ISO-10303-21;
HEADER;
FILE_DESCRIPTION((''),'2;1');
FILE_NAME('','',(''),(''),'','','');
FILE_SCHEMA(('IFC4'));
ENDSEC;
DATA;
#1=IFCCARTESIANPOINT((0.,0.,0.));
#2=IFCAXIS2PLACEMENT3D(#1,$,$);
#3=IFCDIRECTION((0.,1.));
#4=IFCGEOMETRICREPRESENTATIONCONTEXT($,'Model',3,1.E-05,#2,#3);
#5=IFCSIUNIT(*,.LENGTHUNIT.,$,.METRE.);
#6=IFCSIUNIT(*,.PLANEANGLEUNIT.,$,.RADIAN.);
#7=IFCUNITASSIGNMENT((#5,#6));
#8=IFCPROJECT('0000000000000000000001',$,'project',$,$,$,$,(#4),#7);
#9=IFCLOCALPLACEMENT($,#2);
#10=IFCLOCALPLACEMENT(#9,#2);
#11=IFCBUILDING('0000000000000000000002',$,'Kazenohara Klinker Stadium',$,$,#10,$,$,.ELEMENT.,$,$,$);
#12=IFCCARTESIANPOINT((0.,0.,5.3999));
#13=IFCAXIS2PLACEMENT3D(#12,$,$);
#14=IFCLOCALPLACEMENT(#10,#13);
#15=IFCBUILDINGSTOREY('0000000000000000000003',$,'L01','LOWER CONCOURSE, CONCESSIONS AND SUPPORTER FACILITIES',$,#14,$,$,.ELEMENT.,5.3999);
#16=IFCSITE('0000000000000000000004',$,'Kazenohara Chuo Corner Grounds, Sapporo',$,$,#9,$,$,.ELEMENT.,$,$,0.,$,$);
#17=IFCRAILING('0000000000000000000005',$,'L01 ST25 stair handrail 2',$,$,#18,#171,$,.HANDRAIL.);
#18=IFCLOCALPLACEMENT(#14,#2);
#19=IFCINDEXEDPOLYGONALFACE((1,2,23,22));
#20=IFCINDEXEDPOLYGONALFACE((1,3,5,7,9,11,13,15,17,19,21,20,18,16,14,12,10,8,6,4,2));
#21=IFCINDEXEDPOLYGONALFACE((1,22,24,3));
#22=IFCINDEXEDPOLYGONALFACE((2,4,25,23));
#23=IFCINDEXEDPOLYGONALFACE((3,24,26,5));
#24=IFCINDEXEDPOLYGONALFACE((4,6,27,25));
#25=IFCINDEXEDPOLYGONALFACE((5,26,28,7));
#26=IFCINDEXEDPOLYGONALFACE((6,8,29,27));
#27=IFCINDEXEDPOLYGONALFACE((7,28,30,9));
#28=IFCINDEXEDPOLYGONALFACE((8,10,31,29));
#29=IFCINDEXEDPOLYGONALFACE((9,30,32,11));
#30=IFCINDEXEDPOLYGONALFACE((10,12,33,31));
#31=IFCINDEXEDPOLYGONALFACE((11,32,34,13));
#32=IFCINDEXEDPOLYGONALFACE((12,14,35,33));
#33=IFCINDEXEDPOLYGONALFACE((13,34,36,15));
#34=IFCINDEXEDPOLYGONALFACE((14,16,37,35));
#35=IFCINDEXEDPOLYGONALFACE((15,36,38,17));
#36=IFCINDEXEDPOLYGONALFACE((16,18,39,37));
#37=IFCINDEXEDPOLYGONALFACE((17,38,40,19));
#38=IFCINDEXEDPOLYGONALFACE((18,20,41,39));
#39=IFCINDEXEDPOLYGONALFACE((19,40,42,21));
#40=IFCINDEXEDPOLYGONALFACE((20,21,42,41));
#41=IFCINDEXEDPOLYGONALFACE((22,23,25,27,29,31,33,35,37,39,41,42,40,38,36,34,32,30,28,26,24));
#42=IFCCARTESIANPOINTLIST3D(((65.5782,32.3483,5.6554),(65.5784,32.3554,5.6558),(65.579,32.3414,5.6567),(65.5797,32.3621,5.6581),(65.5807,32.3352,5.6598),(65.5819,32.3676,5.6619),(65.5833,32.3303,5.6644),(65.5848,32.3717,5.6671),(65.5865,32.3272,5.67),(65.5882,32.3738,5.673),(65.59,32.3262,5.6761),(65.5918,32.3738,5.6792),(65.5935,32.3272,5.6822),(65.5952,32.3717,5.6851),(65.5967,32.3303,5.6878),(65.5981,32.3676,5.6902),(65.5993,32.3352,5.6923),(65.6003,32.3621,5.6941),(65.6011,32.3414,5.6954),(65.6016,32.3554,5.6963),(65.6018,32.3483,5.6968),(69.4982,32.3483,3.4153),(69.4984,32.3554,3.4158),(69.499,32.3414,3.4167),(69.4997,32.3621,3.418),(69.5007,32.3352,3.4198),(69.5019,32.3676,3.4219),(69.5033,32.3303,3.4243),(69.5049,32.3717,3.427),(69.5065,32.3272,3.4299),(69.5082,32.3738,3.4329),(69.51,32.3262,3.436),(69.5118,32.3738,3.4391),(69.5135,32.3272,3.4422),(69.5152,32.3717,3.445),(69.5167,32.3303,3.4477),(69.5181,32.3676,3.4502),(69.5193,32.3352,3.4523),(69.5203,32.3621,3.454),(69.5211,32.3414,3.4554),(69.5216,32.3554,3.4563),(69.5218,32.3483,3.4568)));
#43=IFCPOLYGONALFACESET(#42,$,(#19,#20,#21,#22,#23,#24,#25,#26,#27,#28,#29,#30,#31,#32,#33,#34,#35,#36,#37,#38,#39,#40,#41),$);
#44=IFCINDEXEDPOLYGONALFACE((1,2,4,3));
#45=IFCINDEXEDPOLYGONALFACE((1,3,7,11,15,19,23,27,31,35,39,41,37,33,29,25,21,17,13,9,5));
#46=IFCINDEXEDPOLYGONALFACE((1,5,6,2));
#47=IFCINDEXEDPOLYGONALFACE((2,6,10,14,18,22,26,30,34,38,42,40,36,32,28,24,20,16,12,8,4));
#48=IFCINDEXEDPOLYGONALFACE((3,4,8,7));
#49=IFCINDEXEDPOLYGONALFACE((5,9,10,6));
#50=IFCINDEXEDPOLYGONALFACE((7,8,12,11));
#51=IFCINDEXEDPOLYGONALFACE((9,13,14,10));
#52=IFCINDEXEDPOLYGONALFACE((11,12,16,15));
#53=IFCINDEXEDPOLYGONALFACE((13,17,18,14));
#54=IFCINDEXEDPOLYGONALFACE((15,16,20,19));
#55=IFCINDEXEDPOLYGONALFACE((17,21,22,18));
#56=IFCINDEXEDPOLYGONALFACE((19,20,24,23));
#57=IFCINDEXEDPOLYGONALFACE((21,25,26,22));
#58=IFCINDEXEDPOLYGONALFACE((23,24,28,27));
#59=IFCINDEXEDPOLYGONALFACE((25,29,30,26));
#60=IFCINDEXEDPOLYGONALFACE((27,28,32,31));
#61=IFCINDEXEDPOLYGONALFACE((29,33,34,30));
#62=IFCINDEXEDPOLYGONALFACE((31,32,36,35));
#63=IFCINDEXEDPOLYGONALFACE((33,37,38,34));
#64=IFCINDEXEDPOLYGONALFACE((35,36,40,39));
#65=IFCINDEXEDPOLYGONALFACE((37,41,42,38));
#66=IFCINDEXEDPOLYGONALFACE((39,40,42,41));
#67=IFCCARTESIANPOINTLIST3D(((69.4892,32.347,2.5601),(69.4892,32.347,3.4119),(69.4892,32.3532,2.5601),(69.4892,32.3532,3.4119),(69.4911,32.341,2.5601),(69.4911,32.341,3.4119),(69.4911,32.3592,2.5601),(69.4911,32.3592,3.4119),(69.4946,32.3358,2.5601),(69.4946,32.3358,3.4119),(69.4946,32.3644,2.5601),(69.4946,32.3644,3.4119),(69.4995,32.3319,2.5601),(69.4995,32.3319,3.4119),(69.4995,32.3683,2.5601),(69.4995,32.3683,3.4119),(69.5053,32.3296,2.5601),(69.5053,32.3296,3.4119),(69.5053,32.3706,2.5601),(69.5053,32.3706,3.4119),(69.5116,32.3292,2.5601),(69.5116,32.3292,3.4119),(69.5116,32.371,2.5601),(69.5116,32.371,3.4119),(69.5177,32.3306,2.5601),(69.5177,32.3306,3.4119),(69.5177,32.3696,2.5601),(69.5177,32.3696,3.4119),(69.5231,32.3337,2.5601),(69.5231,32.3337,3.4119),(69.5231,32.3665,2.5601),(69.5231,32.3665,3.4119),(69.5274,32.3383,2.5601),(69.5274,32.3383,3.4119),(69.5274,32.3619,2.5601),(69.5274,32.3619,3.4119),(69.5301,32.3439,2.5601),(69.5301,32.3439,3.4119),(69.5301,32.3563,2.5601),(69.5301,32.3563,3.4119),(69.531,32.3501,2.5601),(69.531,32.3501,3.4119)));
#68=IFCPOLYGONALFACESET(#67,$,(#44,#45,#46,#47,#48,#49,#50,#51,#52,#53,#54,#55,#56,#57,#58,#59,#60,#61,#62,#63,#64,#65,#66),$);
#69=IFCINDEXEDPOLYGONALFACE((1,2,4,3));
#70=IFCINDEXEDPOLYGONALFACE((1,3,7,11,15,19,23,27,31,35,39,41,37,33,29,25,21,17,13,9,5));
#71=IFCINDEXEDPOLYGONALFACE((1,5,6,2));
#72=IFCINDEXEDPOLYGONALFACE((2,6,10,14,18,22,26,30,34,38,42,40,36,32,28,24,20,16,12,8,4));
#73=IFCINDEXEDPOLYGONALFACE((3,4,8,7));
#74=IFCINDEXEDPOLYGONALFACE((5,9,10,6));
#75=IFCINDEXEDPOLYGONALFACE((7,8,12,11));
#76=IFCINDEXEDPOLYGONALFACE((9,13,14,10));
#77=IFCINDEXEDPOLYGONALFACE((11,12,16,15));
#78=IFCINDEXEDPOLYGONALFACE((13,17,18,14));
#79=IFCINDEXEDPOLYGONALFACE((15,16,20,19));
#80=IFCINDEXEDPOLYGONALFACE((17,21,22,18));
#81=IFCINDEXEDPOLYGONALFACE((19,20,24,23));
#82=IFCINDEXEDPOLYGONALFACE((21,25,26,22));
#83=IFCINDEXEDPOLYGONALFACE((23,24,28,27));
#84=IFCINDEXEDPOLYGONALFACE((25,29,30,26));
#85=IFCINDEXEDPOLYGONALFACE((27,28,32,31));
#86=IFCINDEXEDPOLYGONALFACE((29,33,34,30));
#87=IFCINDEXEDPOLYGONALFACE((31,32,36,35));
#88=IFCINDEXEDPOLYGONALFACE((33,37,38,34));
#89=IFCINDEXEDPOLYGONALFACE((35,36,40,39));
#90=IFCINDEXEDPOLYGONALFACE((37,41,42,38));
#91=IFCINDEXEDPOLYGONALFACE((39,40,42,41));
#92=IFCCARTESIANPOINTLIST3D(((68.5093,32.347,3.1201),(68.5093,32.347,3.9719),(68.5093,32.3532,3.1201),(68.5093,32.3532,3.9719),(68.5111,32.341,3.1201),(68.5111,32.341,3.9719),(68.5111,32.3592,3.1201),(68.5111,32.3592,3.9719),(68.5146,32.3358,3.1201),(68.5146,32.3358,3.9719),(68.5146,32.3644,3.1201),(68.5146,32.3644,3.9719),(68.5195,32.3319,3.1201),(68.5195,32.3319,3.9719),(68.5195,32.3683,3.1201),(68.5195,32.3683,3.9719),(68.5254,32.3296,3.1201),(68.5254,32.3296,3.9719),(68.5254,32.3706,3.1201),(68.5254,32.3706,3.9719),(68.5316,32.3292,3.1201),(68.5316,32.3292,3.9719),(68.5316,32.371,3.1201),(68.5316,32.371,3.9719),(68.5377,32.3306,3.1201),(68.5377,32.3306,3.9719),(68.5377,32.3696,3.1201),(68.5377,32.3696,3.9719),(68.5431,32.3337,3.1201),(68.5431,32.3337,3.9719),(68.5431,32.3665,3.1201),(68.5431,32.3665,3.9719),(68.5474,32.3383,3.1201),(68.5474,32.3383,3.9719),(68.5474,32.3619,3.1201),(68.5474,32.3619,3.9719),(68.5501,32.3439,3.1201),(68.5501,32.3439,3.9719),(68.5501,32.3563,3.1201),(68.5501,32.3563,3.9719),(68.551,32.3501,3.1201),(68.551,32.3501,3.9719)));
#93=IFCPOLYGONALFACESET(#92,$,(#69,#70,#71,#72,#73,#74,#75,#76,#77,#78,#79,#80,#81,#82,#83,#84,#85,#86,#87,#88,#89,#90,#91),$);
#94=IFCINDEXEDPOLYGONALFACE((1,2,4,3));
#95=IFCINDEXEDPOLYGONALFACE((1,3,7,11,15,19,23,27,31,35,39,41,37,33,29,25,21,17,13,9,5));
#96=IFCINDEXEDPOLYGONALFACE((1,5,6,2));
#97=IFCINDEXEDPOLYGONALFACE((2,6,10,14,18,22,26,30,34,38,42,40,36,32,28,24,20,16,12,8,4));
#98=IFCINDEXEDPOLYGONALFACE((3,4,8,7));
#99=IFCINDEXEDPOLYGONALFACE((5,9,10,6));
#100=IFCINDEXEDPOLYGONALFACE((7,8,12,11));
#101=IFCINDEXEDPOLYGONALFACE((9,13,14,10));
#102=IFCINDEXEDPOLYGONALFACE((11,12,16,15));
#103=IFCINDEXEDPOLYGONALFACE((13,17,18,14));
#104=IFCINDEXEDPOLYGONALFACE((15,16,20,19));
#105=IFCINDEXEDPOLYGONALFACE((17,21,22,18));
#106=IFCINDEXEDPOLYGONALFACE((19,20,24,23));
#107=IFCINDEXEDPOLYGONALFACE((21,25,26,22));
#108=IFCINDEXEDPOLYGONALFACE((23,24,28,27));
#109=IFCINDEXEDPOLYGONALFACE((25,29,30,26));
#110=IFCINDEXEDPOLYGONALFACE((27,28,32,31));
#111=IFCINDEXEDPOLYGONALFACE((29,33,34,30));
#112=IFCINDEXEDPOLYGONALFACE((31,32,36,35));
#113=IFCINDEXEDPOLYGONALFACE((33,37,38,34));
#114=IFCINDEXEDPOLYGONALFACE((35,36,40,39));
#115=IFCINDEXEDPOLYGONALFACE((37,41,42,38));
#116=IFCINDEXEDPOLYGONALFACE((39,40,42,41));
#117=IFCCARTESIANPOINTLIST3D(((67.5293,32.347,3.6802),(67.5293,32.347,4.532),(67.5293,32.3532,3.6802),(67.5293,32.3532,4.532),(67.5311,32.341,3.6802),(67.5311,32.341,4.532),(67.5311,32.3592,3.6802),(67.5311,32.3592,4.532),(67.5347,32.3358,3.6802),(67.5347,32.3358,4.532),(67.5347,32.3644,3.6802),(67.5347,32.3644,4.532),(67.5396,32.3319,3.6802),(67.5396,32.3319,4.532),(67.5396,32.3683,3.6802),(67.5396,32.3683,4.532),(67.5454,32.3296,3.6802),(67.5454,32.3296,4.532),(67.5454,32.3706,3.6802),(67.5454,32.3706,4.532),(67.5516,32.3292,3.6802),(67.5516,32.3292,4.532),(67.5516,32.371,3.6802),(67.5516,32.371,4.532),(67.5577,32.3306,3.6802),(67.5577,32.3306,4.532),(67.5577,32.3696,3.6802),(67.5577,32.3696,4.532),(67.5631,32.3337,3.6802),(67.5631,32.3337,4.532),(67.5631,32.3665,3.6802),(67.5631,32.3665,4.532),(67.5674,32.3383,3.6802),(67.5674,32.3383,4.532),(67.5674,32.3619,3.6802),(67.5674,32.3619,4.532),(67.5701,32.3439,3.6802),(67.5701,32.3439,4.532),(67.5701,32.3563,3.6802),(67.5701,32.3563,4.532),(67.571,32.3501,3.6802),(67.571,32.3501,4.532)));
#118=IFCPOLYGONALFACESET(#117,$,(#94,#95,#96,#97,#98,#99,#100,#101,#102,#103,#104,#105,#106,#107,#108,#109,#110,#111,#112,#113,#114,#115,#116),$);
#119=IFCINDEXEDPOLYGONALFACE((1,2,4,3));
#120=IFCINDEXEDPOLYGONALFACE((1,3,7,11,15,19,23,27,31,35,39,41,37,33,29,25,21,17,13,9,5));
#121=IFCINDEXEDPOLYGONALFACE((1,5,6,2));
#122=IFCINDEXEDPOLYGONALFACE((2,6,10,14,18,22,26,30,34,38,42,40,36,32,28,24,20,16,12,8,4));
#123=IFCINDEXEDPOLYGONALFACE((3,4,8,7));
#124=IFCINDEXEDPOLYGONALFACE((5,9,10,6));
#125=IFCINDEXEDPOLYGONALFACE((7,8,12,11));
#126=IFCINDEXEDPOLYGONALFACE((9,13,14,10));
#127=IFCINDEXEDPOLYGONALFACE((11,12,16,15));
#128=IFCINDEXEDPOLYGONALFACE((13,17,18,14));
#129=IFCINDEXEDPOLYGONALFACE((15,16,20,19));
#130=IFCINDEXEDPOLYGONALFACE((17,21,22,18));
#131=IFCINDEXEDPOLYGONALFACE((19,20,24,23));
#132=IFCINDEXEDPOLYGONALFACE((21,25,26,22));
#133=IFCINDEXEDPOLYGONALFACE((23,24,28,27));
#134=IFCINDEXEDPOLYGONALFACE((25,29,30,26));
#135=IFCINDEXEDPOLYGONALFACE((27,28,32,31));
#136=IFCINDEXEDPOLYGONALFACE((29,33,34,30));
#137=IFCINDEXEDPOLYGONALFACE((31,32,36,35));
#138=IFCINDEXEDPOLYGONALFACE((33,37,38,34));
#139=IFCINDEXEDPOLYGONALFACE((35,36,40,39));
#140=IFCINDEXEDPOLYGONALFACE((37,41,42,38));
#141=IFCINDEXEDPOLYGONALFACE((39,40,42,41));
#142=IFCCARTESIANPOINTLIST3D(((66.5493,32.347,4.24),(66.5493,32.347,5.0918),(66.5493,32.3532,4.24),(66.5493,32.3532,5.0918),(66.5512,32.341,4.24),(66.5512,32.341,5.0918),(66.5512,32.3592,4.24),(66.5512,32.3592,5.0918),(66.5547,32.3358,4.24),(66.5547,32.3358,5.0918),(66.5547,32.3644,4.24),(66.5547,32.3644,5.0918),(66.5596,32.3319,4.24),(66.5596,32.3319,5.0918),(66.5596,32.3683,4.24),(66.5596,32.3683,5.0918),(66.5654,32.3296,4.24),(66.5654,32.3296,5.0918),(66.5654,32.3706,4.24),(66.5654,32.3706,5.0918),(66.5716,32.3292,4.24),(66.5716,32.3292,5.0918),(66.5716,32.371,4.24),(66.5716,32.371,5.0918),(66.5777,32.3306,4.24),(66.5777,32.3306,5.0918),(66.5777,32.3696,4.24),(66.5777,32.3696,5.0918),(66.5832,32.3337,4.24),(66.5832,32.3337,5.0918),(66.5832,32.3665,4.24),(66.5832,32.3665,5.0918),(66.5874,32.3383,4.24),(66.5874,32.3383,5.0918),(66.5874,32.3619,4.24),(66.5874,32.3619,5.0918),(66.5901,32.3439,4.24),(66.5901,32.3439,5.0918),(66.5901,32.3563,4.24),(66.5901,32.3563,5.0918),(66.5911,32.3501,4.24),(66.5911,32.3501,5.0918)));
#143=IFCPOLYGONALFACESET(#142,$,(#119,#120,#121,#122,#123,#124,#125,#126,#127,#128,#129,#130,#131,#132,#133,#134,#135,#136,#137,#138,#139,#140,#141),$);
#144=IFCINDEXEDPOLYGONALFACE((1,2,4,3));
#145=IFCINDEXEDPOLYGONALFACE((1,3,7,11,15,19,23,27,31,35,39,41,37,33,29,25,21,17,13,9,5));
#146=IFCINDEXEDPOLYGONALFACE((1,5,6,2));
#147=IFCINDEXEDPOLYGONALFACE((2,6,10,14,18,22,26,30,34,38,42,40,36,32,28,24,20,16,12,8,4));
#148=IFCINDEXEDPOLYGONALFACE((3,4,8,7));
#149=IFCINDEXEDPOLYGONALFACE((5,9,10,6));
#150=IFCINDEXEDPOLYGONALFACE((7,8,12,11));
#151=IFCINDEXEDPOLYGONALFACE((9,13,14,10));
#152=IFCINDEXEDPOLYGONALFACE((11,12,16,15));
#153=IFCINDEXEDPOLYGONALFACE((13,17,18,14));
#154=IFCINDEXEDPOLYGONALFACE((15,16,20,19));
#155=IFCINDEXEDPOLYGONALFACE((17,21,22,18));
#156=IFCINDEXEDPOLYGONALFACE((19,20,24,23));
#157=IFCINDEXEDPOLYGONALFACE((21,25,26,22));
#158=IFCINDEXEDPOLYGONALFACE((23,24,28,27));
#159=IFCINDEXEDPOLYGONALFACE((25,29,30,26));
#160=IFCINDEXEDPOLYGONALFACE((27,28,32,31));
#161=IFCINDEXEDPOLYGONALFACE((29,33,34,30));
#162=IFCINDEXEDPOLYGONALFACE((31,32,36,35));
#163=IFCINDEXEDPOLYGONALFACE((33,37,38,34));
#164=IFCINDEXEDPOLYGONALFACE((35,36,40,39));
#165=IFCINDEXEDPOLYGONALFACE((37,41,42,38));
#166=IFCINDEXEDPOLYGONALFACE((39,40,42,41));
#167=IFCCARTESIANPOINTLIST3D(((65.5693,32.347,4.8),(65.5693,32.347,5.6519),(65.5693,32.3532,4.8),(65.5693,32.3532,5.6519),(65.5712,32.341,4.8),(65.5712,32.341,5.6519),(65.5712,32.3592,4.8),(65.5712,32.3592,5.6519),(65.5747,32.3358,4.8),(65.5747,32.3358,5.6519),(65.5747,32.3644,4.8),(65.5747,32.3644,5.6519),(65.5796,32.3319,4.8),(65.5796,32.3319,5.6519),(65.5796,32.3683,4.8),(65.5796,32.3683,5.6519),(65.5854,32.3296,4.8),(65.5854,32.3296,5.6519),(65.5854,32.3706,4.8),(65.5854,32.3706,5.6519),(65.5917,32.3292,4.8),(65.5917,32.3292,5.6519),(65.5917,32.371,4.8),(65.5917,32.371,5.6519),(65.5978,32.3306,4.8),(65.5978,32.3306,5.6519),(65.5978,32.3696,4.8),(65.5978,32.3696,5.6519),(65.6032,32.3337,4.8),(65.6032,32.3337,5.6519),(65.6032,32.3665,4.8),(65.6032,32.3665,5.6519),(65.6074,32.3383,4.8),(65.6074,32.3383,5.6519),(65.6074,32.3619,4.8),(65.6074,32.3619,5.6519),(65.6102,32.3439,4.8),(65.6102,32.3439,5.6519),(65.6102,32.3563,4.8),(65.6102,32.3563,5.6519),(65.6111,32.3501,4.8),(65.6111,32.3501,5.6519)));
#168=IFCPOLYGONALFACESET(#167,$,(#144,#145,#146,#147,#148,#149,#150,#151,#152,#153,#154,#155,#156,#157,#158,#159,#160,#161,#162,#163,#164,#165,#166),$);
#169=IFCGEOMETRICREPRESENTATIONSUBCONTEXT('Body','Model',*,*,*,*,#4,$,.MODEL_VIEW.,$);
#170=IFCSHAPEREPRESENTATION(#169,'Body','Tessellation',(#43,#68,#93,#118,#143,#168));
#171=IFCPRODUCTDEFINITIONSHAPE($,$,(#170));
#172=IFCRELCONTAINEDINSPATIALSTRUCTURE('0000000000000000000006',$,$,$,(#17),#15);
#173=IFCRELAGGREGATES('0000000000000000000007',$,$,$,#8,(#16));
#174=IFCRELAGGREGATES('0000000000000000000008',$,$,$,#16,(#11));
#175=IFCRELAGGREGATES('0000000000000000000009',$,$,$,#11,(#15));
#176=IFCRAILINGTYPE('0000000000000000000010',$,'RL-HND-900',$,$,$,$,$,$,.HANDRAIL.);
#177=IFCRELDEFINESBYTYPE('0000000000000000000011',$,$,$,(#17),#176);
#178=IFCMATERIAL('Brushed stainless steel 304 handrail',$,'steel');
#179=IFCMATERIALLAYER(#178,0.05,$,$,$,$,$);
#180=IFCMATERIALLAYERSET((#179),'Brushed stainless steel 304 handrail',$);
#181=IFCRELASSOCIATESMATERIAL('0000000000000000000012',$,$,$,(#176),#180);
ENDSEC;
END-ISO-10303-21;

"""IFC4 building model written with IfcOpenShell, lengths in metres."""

from ifc_helpers import new_model, si_unit, direction, frame, origin, origin_2d, place, context, subcontext, project, spatial, circle, extrude, material, layer, layer_set, type_object, element, save


model = new_model("IFC4")

# Units and contexts
model_context = context("Model", 3, precision=1e-05, world=origin(), true_north=direction((0.0, 1.0)))
body_context = subcontext(model_context, "Body", "Model", "MODEL_VIEW")
ifc_project = project(units=[si_unit("LENGTHUNIT", "METRE"), si_unit("PLANEANGLEUNIT", "RADIAN")], contexts=[model_context])

# Site, building, storey
site_placement = place(None, origin())
site = spatial("IfcSite", under=ifc_project, at=site_placement, Name="Kazenohara Chuo Corner Grounds, Sapporo", CompositionType="ELEMENT", RefElevation=0.0)
building_placement = place(site_placement, origin())
building = spatial("IfcBuilding", under=site, at=building_placement, Name="Kazenohara Klinker Stadium", CompositionType="ELEMENT")
storey_placement = place(building_placement, frame((0.0, 0.0, 5.3999)))
storey = spatial("IfcBuildingStorey", under=building, at=storey_placement, Name="L01", Description="LOWER CONCOURSE, CONCESSIONS AND SUPPORTER FACILITIES", CompositionType="ELEMENT", Elevation=5.3999)

# Railing
ifc_material_1 = material(Name="Brushed stainless steel 304 handrail", Category="steel")
ifc_layer_1 = layer(ifc_material_1, 0.05)
ifc_layer_set_1 = layer_set([ifc_layer_1], Name="Brushed stainless steel 304 handrail")
railing_type_1 = type_object("IfcRailingType", Name="RL-HND-900", PredefinedType="HANDRAIL", material=ifc_layer_set_1)
railing_1_placement = place(storey_placement, frame((69.51, 32.3501, 2.5601)))
element("IfcRailing", 1, at=railing_1_placement, inside=storey, type_object=railing_type_1, Name="L01 ST25 stair handrail 2", PredefinedType="HANDRAIL", context=body_context, shape_type="SweptSolid", body=[
    extrude(circle(Radius=0.0239, at=origin_2d()), frame((0.0, 0.0, 0.876), z_axis=(-0.86824, 0.0, 0.496145), x_axis=(0.0, -1.0, 0.0)), (0.0, 0.0, 1.0), 4.5149),
    extrude(circle(Radius=0.021, at=origin_2d()), origin(), (0.0, 0.0, 1.0), 0.8518),
    extrude(circle(Radius=0.021, at=origin_2d()), frame((-0.98, 0.0, 0.5601)), (0.0, 0.0, 1.0), 0.8518),
    extrude(circle(Radius=0.021, at=origin_2d()), frame((-1.96, 0.0, 1.1201)), (0.0, 0.0, 1.0), 0.8518),
    extrude(circle(Radius=0.021, at=origin_2d()), frame((-2.9399, 0.0, 1.6799)), (0.0, 0.0, 1.0), 0.8518),
    extrude(circle(Radius=0.021, at=origin_2d()), frame((-3.9199, 0.0, 2.24)), (0.0, 0.0, 1.0), 0.8518),
])

save(model, "model.ifc")
